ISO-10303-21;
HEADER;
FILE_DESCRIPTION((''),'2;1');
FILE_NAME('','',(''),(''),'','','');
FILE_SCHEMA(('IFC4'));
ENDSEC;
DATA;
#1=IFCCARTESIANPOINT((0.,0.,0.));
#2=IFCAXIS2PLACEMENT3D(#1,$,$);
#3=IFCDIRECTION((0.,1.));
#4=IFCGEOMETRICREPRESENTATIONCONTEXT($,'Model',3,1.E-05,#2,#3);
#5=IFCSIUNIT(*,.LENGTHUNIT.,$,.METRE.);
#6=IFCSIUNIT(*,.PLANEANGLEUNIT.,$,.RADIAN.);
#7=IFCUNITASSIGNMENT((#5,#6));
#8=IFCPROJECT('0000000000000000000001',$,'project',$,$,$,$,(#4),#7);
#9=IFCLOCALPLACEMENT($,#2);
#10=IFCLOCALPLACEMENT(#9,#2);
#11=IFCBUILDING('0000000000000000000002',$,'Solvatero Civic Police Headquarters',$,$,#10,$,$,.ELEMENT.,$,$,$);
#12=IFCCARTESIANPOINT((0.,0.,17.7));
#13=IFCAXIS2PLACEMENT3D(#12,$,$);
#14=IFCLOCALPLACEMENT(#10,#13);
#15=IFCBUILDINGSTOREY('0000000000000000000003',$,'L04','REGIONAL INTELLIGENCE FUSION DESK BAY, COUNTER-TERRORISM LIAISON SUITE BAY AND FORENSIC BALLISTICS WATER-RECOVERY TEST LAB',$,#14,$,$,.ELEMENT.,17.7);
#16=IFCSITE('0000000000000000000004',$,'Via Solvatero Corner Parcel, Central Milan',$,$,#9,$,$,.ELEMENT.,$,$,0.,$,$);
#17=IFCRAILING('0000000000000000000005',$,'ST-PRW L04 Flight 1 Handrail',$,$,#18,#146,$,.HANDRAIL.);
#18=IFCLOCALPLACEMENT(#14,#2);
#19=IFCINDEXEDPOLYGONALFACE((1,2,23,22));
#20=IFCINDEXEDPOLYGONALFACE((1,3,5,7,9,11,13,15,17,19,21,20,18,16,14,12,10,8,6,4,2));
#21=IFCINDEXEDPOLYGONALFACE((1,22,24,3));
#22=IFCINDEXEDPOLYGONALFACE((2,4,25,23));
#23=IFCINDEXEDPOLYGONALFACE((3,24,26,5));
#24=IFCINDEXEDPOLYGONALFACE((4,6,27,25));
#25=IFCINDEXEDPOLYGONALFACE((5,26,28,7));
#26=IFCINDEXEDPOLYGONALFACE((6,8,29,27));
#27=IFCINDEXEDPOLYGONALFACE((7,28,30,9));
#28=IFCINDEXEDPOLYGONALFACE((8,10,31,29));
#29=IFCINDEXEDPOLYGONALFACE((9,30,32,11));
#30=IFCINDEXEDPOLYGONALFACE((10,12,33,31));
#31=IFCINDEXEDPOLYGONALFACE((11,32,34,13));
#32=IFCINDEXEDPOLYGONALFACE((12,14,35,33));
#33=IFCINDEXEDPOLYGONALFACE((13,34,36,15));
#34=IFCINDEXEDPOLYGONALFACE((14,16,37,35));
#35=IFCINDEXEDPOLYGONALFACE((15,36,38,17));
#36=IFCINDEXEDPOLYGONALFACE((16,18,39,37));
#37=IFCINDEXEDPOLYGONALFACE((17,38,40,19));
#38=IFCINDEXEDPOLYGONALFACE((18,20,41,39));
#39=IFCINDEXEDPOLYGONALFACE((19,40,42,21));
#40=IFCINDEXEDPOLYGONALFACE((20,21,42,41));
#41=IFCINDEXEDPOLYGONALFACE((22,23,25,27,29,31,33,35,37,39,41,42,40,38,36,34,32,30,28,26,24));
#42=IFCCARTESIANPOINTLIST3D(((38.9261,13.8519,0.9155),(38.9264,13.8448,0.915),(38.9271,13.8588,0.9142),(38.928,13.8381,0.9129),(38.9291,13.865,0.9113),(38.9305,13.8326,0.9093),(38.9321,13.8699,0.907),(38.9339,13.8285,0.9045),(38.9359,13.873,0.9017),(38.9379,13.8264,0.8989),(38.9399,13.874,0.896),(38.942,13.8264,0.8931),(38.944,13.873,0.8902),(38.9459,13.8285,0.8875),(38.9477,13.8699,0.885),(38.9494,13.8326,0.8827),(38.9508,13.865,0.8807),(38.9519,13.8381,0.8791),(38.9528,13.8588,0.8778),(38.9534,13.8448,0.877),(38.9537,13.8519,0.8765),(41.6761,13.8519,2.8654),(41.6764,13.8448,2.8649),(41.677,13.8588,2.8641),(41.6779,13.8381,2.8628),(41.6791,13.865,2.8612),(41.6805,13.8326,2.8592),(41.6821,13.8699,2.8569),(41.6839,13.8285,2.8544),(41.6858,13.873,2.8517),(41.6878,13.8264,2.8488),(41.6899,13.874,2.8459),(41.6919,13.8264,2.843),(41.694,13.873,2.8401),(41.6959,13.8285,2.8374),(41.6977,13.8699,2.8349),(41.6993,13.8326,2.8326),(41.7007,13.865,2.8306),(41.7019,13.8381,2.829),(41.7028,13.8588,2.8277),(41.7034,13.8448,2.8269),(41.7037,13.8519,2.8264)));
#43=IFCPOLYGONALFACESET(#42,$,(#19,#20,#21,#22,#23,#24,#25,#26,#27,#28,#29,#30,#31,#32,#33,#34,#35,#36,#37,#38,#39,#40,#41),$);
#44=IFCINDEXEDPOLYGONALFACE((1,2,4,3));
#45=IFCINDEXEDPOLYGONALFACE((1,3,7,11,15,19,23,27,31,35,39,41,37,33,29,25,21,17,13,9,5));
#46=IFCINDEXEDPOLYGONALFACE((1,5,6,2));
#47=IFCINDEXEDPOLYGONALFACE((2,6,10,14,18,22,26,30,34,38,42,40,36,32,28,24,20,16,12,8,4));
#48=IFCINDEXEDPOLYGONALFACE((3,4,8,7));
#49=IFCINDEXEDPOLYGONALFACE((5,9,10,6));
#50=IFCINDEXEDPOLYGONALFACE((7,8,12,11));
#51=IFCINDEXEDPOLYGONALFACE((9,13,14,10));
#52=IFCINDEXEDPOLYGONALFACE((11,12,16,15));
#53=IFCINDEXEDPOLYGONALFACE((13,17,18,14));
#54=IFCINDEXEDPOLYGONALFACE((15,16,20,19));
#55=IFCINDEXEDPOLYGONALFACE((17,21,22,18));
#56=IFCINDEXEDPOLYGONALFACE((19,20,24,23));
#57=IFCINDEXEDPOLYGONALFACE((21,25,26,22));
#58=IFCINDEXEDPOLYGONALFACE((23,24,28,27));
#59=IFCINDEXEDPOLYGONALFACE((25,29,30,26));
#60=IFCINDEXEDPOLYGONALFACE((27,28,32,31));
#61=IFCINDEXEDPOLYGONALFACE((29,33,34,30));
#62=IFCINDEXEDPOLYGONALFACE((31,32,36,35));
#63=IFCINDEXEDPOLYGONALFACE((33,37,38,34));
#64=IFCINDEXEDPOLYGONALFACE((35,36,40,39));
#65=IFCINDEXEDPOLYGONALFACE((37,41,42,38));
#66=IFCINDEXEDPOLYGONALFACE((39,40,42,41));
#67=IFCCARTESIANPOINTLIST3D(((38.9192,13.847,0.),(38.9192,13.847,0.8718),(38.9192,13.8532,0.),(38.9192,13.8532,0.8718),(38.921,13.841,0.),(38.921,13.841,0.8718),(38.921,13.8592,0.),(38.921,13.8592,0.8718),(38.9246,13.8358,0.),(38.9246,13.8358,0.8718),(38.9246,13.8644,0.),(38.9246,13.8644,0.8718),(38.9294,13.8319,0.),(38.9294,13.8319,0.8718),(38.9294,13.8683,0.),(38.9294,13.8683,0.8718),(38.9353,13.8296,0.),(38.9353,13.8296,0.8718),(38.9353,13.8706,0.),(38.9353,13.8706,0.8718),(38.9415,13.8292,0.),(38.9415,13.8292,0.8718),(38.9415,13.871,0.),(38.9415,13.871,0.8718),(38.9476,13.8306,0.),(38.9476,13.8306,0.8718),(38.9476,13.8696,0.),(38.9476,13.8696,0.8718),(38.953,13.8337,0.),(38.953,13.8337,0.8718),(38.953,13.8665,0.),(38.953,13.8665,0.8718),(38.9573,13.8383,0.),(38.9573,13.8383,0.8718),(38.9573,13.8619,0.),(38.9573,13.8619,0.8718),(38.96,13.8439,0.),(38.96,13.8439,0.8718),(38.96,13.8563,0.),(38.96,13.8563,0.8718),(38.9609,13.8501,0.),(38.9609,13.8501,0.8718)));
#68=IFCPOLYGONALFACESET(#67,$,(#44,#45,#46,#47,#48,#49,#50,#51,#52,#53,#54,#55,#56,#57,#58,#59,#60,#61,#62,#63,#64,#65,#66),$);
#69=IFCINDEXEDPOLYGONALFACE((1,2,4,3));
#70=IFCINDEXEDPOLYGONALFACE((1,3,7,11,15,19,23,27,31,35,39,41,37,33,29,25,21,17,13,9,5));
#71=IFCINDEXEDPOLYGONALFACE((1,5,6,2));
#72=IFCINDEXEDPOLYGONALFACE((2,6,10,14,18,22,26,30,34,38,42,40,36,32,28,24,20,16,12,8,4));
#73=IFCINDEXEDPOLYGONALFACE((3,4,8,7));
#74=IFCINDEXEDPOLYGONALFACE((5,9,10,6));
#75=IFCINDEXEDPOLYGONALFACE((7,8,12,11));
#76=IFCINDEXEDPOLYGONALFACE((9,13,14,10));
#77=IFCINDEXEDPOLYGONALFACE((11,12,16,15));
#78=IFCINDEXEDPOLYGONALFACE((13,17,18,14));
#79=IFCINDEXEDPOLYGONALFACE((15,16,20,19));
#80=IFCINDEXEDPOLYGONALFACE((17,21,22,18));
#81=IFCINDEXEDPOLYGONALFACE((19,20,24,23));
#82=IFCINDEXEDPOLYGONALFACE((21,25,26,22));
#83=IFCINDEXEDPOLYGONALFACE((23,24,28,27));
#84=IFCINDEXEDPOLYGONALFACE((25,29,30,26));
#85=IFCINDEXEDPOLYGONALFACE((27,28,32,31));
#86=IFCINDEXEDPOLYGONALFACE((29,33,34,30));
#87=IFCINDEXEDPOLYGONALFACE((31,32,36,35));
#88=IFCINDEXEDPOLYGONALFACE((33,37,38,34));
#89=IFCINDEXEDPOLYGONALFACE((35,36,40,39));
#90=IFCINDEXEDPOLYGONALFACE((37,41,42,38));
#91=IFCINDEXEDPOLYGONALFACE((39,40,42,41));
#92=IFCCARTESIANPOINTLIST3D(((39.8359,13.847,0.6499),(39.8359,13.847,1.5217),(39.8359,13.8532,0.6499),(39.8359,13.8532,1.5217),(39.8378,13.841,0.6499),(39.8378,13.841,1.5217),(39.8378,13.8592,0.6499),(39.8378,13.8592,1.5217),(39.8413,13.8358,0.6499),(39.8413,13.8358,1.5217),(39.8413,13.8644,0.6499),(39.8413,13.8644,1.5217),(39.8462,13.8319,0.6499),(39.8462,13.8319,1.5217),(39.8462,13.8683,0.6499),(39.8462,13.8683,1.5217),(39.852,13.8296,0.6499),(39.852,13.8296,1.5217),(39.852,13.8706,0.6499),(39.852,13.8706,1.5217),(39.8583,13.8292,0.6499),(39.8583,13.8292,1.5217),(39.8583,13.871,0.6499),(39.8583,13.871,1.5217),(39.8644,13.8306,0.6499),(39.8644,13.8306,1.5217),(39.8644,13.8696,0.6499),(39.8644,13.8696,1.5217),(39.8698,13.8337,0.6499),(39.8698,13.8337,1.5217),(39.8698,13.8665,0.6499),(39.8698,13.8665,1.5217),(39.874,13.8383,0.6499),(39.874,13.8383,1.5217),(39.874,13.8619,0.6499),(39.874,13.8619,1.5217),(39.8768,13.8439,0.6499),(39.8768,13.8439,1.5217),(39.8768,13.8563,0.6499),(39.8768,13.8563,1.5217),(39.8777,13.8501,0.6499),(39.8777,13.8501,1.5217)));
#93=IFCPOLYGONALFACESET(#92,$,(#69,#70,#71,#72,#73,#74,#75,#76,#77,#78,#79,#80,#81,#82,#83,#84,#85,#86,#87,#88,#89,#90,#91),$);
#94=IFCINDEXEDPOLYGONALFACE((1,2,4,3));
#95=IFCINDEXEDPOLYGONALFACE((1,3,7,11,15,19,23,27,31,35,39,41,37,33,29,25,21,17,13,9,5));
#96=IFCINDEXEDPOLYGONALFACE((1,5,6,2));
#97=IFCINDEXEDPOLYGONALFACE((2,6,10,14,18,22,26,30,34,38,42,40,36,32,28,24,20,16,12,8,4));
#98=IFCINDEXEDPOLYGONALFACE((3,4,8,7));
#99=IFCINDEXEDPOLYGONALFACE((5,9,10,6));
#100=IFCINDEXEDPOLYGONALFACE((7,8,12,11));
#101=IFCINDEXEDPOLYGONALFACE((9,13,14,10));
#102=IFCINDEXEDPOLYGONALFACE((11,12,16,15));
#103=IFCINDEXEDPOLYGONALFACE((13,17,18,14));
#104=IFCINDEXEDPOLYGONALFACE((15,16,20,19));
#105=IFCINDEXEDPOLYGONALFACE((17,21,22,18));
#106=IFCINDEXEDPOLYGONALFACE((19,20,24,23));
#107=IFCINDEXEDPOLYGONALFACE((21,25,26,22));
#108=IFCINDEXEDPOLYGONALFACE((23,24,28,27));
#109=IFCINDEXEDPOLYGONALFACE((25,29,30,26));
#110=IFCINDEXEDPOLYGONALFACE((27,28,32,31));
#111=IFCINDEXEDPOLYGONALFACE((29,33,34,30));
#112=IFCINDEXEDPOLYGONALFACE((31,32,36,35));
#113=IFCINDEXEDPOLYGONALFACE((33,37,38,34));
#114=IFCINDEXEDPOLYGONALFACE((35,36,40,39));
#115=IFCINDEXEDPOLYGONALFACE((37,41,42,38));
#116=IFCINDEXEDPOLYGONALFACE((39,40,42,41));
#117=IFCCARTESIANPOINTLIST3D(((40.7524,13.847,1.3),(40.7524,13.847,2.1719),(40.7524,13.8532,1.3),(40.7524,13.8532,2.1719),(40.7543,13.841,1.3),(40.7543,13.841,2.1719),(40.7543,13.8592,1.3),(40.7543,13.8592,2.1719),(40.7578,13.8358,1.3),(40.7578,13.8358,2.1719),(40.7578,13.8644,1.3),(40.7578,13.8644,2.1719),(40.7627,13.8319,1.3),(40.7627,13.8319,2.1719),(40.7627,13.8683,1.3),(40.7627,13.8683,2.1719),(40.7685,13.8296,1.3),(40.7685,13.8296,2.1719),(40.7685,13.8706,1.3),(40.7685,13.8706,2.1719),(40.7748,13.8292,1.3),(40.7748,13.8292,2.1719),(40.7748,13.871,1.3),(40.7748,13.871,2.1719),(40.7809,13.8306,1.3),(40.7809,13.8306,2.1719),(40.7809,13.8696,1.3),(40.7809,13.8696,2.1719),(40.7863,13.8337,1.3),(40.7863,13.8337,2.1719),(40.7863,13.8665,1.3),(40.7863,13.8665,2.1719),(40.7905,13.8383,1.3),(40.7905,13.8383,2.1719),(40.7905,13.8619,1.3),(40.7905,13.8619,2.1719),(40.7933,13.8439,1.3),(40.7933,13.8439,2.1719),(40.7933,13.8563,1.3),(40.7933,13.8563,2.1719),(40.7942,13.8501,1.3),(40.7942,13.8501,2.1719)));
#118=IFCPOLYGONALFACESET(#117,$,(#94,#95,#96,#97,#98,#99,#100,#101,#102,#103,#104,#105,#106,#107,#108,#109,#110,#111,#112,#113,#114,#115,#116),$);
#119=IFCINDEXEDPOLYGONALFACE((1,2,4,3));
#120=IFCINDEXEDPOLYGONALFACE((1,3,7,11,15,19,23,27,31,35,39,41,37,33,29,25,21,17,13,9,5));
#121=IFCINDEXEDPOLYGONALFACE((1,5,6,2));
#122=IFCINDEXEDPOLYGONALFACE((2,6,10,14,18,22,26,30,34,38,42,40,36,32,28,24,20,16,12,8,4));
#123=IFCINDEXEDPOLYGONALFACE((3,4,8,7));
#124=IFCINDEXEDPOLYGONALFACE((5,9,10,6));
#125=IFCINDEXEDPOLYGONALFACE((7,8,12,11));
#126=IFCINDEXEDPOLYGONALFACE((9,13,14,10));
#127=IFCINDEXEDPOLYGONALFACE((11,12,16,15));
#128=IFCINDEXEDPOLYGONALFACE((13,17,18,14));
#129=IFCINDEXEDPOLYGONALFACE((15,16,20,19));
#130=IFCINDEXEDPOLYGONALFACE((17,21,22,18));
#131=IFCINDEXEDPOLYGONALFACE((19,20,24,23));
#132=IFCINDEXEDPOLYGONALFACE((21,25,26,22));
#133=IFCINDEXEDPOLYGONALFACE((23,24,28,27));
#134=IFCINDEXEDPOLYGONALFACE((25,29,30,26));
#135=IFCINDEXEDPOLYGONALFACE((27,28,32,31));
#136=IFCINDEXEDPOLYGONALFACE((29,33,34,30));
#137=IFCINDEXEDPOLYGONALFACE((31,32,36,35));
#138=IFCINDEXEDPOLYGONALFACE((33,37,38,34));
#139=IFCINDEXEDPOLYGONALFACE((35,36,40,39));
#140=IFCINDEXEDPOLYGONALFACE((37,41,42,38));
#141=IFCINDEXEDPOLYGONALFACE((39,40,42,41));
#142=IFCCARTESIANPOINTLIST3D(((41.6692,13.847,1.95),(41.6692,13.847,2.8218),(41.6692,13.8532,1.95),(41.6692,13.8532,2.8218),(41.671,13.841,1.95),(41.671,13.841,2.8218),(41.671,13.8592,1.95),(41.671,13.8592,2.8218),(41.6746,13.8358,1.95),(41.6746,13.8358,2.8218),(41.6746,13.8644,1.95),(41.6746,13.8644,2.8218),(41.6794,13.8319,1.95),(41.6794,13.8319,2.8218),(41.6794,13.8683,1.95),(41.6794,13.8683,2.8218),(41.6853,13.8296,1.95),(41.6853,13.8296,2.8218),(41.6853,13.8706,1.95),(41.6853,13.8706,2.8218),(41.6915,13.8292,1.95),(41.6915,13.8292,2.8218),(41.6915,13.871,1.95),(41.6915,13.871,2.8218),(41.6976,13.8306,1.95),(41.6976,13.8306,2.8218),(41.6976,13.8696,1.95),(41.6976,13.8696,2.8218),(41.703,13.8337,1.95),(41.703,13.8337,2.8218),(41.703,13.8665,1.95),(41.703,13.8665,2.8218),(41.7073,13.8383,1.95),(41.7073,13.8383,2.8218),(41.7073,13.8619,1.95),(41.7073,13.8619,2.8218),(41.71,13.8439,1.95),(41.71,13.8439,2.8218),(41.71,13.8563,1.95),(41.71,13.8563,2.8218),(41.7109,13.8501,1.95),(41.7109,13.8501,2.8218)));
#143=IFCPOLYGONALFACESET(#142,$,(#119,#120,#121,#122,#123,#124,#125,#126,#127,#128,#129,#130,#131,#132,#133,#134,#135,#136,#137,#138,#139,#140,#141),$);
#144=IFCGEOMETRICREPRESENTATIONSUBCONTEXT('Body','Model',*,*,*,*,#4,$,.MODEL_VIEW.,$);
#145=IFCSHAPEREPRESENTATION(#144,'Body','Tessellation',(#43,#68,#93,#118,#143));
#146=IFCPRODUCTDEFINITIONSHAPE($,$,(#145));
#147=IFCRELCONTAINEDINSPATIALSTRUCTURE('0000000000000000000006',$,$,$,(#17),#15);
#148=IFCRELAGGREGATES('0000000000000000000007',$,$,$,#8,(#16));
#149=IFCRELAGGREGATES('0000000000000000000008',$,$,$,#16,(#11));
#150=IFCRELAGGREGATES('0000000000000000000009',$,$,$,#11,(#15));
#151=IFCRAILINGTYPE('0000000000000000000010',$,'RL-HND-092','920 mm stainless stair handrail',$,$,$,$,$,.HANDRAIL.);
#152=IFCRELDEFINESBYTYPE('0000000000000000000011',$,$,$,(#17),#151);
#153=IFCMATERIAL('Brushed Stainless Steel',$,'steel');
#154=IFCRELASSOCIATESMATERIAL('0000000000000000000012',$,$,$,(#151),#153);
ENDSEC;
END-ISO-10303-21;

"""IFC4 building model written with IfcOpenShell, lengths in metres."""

from ifc_helpers import new_model, si_unit, direction, frame, origin, origin_2d, place, context, subcontext, project, spatial, circle, extrude, material, type_object, element, save


model = new_model("IFC4")

# Units and contexts
model_context = context("Model", 3, precision=1e-05, world=origin(), true_north=direction((0.0, 1.0)))
body_context = subcontext(model_context, "Body", "Model", "MODEL_VIEW")
ifc_project = project(units=[si_unit("LENGTHUNIT", "METRE"), si_unit("PLANEANGLEUNIT", "RADIAN")], contexts=[model_context])

# Site, building, storey
site_placement = place(None, origin())
site = spatial("IfcSite", under=ifc_project, at=site_placement, Name="Via Solvatero Corner Parcel, Central Milan", CompositionType="ELEMENT", RefElevation=0.0)
building_placement = place(site_placement, origin())
building = spatial("IfcBuilding", under=site, at=building_placement, Name="Solvatero Civic Police Headquarters", CompositionType="ELEMENT")
storey_placement = place(building_placement, frame((0.0, 0.0, 17.7)))
storey = spatial("IfcBuildingStorey", under=building, at=storey_placement, Name="L04", Description="REGIONAL INTELLIGENCE FUSION DESK BAY, COUNTER-TERRORISM LIAISON SUITE BAY AND FORENSIC BALLISTICS WATER-RECOVERY TEST LAB", CompositionType="ELEMENT", Elevation=17.7)

# Railing
ifc_material_1 = material(Name="Brushed Stainless Steel", Category="steel")
railing_type_1 = type_object("IfcRailingType", Name="RL-HND-092", Description="920 mm stainless stair handrail", PredefinedType="HANDRAIL", material=ifc_material_1)
railing_1_placement = place(storey_placement, frame((38.9399, 13.8501, 0.0)))
element("IfcRailing", 1, at=railing_1_placement, inside=storey, type_object=railing_type_1, Name="ST-PRW L04 Flight 1 Handrail", PredefinedType="HANDRAIL", context=body_context, shape_type="SweptSolid", body=[
    extrude(circle(Radius=0.0239, at=origin_2d()), frame((0.0, 0.0, 0.896), z_axis=(0.81574, 0.0, 0.578419), x_axis=(0.0, 1.0, 0.0)), (0.0, 0.0, 1.0), 3.3711),
    extrude(circle(Radius=0.021, at=origin_2d()), origin(), (0.0, 0.0, 1.0), 0.8718),
    extrude(circle(Radius=0.021, at=origin_2d()), frame((0.9167, 0.0, 0.6499)), (0.0, 0.0, 1.0), 0.8718),
    extrude(circle(Radius=0.021, at=origin_2d()), frame((1.8333, 0.0, 1.3)), (0.0, 0.0, 1.0), 0.8718),
    extrude(circle(Radius=0.021, at=origin_2d()), frame((2.75, 0.0, 1.95)), (0.0, 0.0, 1.0), 0.8718),
])

save(model, "model.ifc")
